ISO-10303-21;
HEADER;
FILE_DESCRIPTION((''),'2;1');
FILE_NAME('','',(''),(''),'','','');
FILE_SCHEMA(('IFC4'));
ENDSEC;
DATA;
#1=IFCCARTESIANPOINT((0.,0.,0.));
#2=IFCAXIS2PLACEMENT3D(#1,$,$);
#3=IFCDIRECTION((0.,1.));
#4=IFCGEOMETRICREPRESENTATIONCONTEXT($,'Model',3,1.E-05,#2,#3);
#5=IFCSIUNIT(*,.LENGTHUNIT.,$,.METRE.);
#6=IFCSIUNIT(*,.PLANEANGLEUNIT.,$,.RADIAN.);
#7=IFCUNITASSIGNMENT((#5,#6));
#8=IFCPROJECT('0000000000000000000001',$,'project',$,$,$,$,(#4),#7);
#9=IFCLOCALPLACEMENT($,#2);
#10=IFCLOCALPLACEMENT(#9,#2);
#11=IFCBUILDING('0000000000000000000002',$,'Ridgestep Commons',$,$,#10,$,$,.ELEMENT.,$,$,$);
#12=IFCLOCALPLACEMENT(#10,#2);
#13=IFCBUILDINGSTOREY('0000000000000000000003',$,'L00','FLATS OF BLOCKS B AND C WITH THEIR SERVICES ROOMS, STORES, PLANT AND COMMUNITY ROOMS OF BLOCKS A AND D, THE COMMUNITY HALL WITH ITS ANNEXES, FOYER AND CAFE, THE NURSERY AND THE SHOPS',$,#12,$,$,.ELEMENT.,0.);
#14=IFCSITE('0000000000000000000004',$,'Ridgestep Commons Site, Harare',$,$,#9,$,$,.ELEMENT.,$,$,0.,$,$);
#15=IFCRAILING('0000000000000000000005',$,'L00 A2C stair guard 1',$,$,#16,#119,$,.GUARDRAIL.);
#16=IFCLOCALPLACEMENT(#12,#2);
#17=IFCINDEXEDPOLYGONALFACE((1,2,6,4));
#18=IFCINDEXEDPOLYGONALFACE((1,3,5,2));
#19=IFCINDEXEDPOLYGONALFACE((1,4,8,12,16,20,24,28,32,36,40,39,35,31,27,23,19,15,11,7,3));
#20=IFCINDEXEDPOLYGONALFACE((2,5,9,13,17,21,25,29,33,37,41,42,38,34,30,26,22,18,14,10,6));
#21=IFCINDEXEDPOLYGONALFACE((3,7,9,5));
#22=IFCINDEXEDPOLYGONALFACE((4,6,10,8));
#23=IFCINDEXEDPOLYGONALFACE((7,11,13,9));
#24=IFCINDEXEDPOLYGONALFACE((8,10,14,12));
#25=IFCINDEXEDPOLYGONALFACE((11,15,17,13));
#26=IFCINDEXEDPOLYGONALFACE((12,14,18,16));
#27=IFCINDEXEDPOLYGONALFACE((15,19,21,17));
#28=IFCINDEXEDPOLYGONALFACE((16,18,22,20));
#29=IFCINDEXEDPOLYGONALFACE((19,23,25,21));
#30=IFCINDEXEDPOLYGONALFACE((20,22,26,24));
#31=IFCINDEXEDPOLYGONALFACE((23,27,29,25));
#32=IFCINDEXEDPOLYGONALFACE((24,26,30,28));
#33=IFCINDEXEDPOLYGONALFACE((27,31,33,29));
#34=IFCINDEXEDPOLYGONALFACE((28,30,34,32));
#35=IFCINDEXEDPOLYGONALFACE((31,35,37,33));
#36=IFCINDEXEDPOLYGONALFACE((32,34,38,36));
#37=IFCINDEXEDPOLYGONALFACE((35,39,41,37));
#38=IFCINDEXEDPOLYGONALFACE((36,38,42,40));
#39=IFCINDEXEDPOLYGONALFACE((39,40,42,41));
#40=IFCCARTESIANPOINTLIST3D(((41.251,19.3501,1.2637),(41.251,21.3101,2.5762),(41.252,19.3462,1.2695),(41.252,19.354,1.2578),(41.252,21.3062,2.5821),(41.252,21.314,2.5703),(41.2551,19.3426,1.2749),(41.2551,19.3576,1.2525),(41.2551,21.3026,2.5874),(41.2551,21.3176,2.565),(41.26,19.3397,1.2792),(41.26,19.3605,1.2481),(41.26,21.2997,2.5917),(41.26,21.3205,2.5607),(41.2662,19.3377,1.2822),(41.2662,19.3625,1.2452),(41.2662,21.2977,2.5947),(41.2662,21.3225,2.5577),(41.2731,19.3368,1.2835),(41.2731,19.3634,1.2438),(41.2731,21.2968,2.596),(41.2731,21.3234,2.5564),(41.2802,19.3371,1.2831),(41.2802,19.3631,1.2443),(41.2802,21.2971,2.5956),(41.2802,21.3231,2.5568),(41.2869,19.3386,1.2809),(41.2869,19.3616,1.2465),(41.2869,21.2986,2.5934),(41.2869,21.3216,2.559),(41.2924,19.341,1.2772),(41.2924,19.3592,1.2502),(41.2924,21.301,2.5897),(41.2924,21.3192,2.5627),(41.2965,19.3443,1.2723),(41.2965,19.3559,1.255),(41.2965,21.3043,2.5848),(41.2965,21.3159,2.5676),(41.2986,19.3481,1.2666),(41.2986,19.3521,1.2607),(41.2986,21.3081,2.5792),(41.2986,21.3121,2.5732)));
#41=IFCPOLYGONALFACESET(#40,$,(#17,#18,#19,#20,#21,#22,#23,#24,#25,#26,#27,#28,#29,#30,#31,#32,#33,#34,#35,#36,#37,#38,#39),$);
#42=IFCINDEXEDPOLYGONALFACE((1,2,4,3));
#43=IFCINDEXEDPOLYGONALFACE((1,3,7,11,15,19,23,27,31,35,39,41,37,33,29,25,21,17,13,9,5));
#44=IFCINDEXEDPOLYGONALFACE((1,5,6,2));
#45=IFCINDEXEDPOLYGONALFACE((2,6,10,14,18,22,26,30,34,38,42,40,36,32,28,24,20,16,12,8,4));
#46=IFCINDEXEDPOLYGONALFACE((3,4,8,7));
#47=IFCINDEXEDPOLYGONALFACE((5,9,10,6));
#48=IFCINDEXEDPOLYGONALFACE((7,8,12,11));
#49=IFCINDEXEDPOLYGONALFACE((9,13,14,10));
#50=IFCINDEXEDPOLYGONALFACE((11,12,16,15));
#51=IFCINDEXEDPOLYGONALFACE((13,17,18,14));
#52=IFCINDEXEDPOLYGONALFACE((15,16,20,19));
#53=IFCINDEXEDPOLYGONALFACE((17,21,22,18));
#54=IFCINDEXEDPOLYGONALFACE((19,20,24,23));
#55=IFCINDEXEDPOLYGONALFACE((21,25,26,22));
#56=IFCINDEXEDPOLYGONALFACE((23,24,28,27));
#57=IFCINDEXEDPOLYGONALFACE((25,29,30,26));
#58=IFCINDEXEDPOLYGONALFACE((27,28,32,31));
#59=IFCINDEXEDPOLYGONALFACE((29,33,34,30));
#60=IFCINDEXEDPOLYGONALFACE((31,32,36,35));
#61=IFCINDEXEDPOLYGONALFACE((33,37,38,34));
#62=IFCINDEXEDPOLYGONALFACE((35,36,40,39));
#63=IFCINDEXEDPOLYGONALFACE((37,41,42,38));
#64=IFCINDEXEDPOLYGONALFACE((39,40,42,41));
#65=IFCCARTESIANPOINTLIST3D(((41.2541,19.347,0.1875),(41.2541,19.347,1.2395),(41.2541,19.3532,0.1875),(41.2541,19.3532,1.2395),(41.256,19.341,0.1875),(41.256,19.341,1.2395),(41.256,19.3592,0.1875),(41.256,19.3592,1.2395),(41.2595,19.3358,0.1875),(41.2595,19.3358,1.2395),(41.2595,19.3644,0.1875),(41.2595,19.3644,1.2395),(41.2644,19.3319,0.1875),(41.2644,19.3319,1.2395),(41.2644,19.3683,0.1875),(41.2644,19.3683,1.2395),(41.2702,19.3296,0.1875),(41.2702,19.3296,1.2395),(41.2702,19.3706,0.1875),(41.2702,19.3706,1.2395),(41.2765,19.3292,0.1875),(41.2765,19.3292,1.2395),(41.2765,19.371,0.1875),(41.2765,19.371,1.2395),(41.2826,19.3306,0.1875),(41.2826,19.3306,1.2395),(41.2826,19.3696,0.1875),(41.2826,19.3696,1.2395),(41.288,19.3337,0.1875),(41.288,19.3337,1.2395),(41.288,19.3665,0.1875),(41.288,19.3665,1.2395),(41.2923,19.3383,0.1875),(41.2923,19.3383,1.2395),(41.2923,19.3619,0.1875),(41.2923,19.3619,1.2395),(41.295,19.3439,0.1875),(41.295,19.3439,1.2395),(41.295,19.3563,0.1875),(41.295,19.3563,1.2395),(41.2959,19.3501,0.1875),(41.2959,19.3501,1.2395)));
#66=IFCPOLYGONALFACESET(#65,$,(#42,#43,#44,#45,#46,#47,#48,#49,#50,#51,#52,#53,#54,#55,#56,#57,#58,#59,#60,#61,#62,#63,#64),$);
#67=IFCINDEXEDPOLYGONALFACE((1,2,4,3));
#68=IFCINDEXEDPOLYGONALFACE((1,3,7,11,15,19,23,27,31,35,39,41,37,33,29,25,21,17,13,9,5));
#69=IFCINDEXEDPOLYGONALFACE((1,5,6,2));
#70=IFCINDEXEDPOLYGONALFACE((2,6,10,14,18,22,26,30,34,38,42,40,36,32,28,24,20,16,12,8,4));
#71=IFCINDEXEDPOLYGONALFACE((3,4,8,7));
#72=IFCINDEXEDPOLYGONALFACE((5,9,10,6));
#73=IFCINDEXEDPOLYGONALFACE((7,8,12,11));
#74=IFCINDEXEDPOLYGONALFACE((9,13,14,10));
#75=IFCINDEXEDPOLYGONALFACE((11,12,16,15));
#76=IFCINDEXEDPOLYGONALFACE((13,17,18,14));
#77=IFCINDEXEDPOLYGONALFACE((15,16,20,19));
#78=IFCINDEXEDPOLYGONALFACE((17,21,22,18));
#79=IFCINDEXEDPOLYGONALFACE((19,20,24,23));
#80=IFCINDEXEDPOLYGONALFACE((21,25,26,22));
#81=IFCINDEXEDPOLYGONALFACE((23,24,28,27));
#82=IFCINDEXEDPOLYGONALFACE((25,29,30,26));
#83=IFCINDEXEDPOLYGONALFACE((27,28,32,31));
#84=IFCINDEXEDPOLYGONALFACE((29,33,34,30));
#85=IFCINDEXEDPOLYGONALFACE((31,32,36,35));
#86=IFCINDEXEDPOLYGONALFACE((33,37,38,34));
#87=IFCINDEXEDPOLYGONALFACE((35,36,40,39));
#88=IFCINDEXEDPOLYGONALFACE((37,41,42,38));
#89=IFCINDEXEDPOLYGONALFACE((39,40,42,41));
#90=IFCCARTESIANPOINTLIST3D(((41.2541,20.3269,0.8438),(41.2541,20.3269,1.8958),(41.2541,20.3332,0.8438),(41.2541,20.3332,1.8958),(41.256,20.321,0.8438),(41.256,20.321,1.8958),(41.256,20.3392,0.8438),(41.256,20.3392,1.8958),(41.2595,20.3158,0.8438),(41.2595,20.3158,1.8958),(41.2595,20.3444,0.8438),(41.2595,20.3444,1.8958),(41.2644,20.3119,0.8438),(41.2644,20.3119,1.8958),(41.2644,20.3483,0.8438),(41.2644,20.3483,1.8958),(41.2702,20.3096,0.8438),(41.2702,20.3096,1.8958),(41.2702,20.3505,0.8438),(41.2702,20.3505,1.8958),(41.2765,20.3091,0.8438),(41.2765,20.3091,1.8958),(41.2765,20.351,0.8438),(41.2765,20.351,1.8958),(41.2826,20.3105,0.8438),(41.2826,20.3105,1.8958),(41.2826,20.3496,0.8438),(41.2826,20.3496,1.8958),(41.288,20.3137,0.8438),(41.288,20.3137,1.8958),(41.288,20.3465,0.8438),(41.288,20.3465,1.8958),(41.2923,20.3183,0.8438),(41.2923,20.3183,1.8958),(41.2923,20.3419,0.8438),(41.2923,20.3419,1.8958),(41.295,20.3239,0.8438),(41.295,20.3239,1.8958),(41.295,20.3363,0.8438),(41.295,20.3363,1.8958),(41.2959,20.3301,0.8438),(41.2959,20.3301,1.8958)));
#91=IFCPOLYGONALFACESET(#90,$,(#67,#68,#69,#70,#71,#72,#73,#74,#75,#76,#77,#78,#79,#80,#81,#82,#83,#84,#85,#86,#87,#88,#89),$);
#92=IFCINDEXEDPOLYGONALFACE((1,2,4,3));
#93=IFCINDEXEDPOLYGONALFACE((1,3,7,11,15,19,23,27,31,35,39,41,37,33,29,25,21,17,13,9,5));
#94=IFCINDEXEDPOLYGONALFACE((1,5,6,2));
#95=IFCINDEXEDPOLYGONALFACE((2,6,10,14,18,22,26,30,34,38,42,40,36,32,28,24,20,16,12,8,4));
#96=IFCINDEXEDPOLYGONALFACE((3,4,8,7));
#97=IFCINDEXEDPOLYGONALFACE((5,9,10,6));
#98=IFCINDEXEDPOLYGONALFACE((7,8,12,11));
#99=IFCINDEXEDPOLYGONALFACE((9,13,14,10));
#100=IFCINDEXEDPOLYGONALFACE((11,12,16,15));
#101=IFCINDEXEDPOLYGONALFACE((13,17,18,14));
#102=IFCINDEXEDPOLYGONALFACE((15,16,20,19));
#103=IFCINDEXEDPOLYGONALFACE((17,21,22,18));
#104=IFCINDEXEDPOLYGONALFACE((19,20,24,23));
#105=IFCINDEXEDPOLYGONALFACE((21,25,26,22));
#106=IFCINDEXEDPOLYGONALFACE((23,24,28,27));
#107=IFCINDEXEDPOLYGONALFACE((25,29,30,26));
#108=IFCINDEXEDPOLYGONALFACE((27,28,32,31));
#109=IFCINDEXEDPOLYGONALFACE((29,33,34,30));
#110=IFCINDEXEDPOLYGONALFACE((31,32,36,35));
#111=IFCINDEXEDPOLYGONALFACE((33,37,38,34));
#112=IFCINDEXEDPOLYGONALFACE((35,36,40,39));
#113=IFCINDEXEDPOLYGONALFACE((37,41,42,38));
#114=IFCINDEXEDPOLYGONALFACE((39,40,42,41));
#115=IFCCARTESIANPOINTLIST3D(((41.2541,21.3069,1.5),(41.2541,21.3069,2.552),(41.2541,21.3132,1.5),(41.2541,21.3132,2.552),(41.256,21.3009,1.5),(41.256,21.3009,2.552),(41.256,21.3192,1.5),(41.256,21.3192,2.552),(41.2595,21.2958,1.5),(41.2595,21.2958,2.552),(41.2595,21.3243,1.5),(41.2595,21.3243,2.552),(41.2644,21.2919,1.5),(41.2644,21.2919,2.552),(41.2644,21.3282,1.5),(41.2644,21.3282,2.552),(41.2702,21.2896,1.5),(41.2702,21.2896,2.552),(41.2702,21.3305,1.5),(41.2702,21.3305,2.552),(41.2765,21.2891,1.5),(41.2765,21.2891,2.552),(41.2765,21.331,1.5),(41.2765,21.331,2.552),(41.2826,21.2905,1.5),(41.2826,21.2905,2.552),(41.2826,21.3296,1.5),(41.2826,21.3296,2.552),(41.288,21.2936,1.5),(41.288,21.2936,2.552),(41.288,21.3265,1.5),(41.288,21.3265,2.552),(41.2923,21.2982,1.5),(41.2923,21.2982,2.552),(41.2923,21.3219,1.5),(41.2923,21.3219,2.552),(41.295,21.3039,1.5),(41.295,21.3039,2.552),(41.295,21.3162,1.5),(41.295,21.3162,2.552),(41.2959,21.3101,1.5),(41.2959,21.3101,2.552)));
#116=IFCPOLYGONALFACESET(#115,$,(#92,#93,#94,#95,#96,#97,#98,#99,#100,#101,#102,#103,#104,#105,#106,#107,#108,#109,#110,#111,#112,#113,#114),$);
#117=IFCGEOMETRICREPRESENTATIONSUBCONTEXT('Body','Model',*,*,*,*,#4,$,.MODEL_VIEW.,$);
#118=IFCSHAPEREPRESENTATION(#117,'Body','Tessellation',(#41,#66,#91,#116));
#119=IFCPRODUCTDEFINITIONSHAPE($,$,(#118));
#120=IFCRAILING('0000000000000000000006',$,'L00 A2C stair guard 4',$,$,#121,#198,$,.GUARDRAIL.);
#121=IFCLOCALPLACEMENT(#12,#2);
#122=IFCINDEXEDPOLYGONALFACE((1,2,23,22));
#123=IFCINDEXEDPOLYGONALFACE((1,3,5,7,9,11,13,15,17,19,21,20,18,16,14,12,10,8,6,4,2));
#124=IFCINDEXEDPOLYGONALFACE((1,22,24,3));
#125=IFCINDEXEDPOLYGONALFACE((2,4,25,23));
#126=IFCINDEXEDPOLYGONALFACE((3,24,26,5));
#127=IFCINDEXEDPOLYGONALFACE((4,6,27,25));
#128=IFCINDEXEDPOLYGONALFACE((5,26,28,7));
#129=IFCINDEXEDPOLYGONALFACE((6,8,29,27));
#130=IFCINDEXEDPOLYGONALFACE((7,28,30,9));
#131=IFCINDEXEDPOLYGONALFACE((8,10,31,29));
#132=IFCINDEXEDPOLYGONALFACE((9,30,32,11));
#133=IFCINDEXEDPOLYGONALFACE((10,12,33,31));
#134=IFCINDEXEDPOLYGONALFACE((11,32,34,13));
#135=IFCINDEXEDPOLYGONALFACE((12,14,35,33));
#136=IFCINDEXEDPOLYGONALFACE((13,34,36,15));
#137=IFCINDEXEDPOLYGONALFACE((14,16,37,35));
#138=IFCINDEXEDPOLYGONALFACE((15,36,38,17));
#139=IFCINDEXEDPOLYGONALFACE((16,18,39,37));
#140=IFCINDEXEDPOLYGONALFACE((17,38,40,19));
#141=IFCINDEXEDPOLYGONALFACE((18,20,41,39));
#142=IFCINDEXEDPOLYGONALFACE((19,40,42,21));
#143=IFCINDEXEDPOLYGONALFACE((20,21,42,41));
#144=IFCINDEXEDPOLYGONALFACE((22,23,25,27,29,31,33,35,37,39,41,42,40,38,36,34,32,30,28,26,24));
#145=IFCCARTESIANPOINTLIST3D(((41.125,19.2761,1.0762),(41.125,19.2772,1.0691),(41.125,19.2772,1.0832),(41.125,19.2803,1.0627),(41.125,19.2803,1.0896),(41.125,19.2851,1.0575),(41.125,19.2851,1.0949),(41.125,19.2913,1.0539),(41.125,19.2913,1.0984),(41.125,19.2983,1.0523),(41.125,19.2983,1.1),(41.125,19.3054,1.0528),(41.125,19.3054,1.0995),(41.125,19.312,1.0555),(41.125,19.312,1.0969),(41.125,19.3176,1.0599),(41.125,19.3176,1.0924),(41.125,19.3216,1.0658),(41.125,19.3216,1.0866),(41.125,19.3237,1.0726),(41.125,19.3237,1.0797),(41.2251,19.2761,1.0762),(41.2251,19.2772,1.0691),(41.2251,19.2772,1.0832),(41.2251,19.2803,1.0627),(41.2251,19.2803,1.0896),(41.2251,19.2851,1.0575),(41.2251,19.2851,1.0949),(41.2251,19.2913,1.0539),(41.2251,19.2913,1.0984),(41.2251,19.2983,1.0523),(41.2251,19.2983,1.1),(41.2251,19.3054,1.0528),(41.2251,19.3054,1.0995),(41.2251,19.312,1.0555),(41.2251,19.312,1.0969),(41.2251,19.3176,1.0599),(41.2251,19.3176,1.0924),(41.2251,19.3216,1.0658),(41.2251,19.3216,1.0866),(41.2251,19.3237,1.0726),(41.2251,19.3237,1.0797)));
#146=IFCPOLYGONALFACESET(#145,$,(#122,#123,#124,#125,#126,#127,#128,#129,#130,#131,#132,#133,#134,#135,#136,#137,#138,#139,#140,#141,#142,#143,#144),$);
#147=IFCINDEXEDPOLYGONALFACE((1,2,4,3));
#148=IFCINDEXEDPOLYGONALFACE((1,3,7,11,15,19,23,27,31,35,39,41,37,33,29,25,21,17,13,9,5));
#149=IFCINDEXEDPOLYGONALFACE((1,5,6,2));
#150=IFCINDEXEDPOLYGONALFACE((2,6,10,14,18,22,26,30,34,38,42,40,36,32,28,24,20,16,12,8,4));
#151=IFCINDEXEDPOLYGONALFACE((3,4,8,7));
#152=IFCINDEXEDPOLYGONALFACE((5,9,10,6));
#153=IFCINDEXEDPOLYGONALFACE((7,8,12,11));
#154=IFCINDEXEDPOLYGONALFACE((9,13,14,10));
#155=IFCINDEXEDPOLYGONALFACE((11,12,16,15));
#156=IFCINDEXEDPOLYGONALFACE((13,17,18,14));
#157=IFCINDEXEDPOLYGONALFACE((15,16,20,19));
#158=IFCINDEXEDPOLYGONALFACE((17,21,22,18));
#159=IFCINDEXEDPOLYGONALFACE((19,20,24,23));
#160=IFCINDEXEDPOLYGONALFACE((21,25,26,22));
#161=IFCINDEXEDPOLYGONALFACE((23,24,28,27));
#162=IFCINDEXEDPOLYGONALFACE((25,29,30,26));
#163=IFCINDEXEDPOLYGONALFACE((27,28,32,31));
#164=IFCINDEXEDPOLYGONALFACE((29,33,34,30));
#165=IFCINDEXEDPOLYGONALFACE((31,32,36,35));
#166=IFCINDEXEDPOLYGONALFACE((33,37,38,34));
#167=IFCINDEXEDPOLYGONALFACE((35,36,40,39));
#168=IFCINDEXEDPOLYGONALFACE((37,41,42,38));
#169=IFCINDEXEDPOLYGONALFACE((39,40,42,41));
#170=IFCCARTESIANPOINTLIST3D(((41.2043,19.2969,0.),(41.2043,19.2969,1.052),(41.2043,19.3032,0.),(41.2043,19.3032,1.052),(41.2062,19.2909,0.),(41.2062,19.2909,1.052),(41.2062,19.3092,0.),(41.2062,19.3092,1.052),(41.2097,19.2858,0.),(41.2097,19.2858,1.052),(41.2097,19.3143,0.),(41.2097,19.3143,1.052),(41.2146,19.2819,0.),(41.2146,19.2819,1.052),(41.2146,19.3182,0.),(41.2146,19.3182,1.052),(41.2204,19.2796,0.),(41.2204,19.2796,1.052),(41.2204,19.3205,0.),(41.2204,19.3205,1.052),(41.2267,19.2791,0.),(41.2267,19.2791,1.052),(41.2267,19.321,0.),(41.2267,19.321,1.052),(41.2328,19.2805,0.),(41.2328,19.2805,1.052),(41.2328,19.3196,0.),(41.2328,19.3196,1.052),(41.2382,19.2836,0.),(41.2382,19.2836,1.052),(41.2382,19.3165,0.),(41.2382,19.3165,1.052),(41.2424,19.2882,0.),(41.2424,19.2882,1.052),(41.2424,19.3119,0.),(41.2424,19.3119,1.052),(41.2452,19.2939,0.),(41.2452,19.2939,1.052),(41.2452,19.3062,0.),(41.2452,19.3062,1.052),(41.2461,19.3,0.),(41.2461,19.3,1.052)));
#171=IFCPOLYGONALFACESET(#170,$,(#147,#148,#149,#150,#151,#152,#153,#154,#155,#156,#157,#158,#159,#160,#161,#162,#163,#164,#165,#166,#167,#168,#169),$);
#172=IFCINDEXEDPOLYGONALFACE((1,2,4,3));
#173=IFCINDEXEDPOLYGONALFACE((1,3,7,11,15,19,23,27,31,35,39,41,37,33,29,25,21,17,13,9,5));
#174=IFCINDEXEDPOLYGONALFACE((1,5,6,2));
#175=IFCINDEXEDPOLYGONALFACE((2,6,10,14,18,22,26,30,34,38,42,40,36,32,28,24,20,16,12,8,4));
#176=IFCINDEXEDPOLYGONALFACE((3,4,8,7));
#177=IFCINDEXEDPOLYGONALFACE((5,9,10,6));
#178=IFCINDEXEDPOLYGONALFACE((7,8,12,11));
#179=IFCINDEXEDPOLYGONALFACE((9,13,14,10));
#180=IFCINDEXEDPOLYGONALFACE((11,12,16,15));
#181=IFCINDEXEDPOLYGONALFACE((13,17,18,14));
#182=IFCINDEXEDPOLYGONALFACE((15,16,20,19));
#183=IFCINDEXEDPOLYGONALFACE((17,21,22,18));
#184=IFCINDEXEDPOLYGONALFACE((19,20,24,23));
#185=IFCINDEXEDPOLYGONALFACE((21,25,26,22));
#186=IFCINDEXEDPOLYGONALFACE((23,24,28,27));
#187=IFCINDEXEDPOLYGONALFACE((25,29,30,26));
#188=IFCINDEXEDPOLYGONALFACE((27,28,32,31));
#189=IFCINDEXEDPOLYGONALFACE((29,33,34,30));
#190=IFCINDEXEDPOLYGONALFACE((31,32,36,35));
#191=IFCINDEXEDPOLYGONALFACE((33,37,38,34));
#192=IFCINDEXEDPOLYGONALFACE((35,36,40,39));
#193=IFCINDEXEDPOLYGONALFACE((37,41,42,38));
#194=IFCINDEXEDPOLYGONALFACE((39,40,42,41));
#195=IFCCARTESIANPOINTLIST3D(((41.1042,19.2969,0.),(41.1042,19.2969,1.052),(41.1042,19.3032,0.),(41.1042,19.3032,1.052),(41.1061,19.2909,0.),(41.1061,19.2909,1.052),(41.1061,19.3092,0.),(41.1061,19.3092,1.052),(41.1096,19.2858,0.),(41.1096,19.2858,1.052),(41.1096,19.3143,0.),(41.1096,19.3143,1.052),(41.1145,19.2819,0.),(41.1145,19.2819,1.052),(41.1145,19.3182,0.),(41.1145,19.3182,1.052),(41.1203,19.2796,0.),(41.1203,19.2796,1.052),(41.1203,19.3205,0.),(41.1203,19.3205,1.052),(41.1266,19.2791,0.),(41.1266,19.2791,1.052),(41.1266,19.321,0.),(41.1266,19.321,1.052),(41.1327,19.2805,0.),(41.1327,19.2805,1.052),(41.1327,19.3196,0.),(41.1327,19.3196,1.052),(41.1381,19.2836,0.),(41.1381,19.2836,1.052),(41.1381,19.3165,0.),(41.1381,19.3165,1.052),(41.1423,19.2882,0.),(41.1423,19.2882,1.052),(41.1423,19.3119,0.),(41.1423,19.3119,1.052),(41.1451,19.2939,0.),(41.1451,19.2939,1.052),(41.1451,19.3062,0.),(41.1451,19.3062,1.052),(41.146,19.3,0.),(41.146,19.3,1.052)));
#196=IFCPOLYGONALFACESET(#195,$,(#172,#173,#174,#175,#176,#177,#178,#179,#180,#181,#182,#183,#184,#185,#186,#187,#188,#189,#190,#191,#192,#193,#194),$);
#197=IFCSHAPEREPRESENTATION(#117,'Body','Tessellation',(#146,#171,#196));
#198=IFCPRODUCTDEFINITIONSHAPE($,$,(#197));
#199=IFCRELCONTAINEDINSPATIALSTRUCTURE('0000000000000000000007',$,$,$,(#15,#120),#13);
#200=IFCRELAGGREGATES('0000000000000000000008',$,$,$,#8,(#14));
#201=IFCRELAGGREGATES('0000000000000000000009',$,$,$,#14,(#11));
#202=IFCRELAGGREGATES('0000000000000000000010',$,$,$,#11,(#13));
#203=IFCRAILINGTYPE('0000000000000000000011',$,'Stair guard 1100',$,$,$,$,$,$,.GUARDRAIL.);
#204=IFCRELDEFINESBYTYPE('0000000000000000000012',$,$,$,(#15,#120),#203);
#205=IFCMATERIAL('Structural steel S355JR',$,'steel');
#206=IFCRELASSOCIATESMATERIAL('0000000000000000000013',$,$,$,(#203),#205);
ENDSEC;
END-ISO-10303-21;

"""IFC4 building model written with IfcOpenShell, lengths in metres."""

from ifc_helpers import new_model, si_unit, direction, frame, origin, origin_2d, place, context, subcontext, project, spatial, circle, extrude, material, type_object, element, save


model = new_model("IFC4")

# Units and contexts
model_context = context("Model", 3, precision=1e-05, world=origin(), true_north=direction((0.0, 1.0)))
body_context = subcontext(model_context, "Body", "Model", "MODEL_VIEW")
ifc_project = project(units=[si_unit("LENGTHUNIT", "METRE"), si_unit("PLANEANGLEUNIT", "RADIAN")], contexts=[model_context])

# Site, building, storey
site_placement = place(None, origin())
site = spatial("IfcSite", under=ifc_project, at=site_placement, Name="Ridgestep Commons Site, Harare", CompositionType="ELEMENT", RefElevation=0.0)
building_placement = place(site_placement, origin())
building = spatial("IfcBuilding", under=site, at=building_placement, Name="Ridgestep Commons", CompositionType="ELEMENT")
storey_placement = place(building_placement, origin())
storey = spatial("IfcBuildingStorey", under=building, at=storey_placement, Name="L00", Description="FLATS OF BLOCKS B AND C WITH THEIR SERVICES ROOMS, STORES, PLANT AND COMMUNITY ROOMS OF BLOCKS A AND D, THE COMMUNITY HALL WITH ITS ANNEXES, FOYER AND CAFE, THE NURSERY AND THE SHOPS", CompositionType="ELEMENT", Elevation=0.0)

# Railings
ifc_material_1 = material(Name="Structural steel S355JR", Category="steel")
railing_type_1 = type_object("IfcRailingType", Name="Stair guard 1100", PredefinedType="GUARDRAIL", material=ifc_material_1)
railing_1_placement = place(storey_placement, frame((41.2749, 19.3501, 0.1875)))
element("IfcRailing", 1, at=railing_1_placement, inside=storey, type_object=railing_type_1, Name="L00 A2C stair guard 1", PredefinedType="GUARDRAIL", context=body_context, shape_type="SweptSolid", body=[
    extrude(circle(Radius=0.0239, at=origin_2d()), frame((0.0, 0.0, 1.0762), z_axis=(0.0, 0.830902, 0.556419), x_axis=(-1.0, 0.0, 0.0)), (0.0, 0.0, 1.0), 2.3589),
    extrude(circle(Radius=0.021, at=origin_2d()), origin(), (0.0, 0.0, 1.0), 1.052),
    extrude(circle(Radius=0.021, at=origin_2d()), frame((0.0, 0.98, 0.6562)), (0.0, 0.0, 1.0), 1.052),
    extrude(circle(Radius=0.021, at=origin_2d()), frame((0.0, 1.96, 1.3125)), (0.0, 0.0, 1.0), 1.052),
])
railing_2_placement = place(storey_placement, frame((41.2251, 19.3, 0.0)))
element("IfcRailing", 2, at=railing_2_placement, inside=storey, type_object=railing_type_1, Name="L00 A2C stair guard 4", PredefinedType="GUARDRAIL", context=body_context, shape_type="SweptSolid", body=[
    extrude(circle(Radius=0.0239, at=origin_2d()), frame((0.0, 0.0, 1.0762), z_axis=(-1.0, 0.0, 0.0), x_axis=(0.0, -1.0, 0.0)), (0.0, 0.0, 1.0), 0.1001),
    extrude(circle(Radius=0.021, at=origin_2d()), origin(), (0.0, 0.0, 1.0), 1.052),
    extrude(circle(Radius=0.021, at=origin_2d()), frame((-0.1001, 0.0, 0.0)), (0.0, 0.0, 1.0), 1.052),
])

save(model, "model.ifc")
